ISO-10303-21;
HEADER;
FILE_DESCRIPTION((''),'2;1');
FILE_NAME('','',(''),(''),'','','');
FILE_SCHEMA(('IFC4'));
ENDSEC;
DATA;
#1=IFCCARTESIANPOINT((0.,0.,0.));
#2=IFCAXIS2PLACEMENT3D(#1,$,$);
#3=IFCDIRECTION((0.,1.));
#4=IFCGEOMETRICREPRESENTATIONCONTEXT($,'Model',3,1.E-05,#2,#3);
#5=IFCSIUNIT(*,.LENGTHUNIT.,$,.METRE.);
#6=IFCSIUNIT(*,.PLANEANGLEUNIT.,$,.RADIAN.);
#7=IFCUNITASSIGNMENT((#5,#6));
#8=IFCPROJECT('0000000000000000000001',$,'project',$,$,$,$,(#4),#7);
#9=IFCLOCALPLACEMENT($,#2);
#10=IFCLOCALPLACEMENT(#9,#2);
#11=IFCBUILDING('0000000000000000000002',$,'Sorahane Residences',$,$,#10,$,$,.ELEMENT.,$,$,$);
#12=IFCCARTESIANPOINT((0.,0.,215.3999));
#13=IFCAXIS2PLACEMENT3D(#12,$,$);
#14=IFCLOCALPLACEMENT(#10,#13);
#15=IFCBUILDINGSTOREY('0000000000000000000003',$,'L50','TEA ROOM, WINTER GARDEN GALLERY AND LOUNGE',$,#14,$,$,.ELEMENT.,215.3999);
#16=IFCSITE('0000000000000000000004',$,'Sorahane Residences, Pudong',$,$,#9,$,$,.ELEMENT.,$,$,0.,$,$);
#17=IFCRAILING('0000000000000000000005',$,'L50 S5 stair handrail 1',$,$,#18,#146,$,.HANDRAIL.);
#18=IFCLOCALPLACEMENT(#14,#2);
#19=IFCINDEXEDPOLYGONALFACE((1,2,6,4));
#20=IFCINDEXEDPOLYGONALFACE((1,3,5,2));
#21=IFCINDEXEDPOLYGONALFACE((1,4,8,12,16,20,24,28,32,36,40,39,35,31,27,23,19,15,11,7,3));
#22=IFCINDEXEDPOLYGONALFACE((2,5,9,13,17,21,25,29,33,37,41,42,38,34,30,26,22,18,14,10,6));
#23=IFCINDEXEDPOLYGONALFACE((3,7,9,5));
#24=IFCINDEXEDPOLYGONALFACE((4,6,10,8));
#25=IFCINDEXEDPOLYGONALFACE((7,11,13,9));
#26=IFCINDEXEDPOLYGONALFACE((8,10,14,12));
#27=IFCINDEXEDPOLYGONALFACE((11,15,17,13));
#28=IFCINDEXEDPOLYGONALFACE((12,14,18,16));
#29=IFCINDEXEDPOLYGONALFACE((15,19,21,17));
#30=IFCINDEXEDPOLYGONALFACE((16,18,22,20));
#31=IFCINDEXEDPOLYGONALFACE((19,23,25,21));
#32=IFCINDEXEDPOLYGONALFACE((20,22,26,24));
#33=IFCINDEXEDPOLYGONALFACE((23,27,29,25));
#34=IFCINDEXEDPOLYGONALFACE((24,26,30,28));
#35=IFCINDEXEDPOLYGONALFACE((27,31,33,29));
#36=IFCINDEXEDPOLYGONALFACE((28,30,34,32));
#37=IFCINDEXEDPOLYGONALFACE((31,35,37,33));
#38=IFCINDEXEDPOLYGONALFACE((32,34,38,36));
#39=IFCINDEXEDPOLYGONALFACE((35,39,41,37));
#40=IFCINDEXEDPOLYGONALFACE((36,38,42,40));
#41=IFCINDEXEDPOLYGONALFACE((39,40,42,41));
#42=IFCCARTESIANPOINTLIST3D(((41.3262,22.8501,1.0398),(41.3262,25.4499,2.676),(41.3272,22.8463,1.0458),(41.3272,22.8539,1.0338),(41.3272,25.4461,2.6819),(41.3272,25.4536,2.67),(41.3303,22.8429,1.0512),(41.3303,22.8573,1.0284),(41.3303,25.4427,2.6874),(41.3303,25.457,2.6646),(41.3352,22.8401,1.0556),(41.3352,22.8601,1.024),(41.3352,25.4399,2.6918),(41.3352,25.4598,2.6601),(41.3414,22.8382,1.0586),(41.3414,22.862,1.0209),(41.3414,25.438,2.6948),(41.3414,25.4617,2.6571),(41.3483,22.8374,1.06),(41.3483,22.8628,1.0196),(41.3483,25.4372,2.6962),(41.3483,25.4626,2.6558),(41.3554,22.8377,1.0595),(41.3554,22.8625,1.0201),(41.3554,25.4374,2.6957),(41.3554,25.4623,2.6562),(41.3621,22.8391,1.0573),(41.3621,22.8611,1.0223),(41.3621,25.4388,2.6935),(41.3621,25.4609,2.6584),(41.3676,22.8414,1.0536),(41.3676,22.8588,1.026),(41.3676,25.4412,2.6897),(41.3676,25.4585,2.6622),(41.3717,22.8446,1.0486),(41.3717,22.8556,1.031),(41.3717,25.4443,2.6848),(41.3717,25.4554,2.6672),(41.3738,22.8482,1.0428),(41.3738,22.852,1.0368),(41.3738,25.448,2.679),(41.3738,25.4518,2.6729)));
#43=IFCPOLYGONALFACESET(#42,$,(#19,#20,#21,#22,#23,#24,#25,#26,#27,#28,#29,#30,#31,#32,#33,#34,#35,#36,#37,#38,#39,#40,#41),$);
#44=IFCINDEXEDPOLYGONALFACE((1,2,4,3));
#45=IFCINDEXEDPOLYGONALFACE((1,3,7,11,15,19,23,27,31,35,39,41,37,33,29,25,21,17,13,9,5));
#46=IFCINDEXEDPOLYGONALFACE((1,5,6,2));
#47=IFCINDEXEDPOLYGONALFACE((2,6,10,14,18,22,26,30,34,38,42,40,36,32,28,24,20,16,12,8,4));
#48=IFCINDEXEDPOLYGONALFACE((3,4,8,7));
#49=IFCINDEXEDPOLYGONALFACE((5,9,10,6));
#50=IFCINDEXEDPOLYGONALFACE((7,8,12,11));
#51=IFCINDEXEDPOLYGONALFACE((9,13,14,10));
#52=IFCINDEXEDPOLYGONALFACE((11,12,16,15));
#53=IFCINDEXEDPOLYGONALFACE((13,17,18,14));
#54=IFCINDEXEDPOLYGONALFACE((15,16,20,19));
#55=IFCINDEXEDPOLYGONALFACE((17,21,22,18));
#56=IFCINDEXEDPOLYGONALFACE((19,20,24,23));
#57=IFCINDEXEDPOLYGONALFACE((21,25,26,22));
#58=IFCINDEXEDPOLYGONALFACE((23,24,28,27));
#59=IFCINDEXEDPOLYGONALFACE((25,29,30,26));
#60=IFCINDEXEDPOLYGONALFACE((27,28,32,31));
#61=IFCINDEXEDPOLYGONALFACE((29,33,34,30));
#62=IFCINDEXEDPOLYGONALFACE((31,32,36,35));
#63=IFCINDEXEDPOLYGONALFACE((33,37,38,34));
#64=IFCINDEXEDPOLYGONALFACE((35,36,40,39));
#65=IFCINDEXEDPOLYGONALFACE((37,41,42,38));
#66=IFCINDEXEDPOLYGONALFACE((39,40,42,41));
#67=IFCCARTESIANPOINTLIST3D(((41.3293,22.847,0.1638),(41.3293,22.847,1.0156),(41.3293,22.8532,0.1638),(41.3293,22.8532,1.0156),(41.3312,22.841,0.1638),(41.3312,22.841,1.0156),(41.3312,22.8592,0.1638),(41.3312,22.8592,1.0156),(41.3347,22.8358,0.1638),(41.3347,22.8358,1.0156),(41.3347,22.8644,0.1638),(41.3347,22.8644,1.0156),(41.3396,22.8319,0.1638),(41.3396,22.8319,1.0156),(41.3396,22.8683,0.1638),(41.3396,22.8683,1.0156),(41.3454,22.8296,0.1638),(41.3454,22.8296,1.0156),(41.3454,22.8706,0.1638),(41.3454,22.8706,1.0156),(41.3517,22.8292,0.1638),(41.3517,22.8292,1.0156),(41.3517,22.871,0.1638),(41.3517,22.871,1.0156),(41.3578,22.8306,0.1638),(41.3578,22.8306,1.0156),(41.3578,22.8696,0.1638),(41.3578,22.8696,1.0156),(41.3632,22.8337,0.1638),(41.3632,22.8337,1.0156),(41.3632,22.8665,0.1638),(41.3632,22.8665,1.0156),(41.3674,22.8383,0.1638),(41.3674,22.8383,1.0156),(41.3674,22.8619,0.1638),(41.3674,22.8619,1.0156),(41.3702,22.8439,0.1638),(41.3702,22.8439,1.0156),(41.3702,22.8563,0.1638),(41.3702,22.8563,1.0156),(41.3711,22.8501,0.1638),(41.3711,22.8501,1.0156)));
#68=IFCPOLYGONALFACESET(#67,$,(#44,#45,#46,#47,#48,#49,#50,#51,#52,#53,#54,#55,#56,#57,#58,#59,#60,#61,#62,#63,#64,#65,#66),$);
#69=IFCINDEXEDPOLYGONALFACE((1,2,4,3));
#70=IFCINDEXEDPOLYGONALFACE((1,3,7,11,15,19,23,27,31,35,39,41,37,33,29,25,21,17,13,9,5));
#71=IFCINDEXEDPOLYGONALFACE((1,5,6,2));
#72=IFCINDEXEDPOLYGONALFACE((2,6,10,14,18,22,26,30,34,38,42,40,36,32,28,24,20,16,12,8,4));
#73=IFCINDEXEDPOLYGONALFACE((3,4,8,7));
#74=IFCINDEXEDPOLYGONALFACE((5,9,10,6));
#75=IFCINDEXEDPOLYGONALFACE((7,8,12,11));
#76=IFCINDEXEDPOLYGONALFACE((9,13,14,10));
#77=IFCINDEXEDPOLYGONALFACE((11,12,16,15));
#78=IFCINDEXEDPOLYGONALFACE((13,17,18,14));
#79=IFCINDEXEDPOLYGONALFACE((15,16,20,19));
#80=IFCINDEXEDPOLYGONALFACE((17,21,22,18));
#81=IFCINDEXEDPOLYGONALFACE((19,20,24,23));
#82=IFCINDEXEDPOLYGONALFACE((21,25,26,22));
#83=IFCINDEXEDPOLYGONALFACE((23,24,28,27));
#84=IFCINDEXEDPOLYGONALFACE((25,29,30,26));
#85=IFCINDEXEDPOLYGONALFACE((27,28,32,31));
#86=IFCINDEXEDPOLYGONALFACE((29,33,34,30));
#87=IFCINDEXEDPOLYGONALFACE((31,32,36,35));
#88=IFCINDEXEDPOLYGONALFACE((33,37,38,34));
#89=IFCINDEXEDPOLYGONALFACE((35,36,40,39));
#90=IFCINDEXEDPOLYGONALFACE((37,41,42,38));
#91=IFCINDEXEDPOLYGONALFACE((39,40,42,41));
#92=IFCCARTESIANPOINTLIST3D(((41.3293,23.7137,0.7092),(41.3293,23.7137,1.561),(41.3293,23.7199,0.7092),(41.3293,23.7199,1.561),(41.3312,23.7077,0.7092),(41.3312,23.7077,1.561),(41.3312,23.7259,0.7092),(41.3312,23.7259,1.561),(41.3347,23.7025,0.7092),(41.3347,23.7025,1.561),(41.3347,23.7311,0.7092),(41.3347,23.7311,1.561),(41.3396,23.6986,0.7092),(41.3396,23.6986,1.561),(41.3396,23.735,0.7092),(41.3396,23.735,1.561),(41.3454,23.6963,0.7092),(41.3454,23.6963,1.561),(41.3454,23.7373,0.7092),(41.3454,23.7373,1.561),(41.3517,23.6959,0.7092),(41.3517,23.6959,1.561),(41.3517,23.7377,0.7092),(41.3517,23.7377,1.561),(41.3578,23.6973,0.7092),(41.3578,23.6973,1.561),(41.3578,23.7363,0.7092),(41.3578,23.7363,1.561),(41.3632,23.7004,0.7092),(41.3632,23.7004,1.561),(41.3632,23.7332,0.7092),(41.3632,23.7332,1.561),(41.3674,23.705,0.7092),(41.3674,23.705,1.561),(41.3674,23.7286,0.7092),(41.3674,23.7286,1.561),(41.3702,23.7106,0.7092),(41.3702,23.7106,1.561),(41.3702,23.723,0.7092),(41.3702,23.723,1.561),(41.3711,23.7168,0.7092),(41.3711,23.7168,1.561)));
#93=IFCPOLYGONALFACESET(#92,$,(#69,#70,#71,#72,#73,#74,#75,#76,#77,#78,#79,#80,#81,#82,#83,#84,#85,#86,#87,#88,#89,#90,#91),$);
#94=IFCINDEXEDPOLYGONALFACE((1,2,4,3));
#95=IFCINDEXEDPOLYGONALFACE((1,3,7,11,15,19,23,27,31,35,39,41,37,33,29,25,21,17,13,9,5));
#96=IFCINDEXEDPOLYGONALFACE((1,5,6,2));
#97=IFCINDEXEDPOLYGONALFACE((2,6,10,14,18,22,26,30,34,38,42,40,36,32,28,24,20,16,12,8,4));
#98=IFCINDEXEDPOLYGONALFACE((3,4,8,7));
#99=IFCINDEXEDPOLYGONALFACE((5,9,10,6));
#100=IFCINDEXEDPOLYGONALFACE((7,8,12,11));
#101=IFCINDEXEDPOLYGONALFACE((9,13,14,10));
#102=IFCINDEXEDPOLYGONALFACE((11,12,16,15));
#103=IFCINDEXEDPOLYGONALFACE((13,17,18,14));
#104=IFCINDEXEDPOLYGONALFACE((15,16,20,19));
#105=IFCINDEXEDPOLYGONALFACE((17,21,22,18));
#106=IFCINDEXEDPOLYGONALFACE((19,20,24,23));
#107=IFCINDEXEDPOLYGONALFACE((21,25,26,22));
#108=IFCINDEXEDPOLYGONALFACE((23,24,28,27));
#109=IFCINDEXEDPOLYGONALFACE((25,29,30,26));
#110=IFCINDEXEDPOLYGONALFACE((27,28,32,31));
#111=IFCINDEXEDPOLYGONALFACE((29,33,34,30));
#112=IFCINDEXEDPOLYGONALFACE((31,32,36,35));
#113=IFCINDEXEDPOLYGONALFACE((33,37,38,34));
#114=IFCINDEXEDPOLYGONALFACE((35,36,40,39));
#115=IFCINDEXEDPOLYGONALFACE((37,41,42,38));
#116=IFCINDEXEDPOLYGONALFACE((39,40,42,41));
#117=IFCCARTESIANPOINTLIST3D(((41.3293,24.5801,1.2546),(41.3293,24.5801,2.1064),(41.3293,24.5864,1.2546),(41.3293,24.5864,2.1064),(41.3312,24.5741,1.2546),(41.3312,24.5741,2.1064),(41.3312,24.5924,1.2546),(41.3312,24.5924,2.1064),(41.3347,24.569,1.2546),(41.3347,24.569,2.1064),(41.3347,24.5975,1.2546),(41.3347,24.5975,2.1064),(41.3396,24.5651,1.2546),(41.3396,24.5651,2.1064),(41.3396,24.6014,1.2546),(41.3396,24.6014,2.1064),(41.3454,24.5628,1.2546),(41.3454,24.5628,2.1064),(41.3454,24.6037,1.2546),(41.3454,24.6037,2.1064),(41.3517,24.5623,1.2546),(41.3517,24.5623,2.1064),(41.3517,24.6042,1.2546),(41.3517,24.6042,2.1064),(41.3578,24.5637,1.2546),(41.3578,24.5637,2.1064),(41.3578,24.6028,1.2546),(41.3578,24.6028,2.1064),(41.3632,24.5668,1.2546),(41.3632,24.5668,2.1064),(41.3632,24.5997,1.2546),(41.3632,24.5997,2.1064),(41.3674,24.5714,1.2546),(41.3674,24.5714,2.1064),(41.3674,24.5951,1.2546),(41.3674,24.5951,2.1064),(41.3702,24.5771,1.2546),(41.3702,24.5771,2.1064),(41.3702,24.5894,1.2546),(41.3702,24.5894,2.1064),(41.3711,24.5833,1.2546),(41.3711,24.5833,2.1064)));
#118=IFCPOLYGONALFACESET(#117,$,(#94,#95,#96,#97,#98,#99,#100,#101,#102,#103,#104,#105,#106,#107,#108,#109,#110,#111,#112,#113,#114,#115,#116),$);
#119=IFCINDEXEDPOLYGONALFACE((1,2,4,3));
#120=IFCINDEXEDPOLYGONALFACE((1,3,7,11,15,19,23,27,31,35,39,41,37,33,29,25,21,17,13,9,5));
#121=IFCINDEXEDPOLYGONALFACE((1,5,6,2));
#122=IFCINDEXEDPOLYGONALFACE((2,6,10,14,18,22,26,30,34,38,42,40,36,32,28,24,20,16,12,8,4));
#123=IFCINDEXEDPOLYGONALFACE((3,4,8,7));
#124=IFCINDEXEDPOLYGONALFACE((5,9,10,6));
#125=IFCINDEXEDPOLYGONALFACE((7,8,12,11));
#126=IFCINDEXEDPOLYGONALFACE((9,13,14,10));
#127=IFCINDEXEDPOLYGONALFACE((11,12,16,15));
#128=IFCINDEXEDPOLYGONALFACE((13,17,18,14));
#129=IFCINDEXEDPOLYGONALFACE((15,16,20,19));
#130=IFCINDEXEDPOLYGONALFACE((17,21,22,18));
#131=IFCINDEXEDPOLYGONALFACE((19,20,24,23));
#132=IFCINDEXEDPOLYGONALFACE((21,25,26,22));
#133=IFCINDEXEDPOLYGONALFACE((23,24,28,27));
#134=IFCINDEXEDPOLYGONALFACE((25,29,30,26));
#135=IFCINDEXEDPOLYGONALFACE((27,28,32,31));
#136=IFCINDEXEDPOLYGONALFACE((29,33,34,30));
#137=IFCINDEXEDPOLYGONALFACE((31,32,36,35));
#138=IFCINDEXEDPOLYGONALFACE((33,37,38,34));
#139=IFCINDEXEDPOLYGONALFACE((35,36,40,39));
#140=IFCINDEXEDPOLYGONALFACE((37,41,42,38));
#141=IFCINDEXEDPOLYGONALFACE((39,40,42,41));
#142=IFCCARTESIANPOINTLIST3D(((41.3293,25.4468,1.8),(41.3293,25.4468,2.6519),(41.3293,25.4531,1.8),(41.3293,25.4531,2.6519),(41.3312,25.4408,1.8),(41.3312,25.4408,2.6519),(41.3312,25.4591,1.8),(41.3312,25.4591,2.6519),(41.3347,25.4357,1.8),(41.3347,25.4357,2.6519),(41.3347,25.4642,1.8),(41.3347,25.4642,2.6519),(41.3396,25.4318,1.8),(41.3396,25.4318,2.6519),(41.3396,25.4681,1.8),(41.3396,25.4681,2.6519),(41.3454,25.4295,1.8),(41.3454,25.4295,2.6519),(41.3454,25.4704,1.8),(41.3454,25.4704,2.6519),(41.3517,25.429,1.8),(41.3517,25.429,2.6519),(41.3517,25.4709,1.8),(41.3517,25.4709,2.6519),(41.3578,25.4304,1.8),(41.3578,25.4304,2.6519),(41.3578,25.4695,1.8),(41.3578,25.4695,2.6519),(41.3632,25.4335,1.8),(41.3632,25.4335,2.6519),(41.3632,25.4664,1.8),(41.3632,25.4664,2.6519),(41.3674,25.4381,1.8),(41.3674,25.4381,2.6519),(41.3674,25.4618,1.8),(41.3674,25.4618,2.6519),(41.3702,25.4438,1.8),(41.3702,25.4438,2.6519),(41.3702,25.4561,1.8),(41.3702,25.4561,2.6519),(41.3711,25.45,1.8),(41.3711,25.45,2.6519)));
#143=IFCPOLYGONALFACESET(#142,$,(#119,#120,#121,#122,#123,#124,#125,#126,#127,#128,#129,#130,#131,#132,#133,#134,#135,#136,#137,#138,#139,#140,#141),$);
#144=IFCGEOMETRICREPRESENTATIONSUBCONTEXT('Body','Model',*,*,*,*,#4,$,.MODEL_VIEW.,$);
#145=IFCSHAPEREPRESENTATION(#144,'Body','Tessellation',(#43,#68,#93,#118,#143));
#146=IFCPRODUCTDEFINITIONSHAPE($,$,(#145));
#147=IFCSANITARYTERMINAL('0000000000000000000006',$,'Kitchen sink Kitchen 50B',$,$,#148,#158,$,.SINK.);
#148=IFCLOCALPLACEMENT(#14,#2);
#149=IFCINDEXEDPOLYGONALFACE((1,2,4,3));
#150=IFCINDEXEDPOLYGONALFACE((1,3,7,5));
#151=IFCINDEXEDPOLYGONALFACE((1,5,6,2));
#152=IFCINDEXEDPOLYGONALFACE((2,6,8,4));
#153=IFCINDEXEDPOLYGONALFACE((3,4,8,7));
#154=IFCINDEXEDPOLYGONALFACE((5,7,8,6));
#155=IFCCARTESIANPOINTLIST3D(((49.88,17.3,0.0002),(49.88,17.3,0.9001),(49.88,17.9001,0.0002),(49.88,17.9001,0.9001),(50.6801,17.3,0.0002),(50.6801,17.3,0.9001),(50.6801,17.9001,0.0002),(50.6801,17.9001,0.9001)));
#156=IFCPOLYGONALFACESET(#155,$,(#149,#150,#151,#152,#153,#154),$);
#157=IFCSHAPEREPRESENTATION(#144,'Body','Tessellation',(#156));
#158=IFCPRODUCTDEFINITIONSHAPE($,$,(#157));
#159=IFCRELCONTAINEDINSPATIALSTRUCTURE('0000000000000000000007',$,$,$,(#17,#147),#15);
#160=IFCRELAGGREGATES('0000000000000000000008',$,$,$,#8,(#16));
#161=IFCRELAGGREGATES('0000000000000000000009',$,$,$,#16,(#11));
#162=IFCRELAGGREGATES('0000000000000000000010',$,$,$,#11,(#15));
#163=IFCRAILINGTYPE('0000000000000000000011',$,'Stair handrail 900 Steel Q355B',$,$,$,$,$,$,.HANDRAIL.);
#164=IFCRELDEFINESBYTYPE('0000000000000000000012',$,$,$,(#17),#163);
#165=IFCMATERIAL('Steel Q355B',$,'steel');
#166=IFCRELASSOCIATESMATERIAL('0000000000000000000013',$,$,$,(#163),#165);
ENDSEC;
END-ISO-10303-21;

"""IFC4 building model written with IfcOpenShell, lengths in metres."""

from ifc_helpers import new_model, si_unit, direction, frame, origin, origin_2d, place, context, subcontext, project, spatial, rectangle, circle, extrude, material, type_object, element, save


model = new_model("IFC4")

# Units and contexts
model_context = context("Model", 3, precision=1e-05, world=origin(), true_north=direction((0.0, 1.0)))
body_context = subcontext(model_context, "Body", "Model", "MODEL_VIEW")
ifc_project = project(units=[si_unit("LENGTHUNIT", "METRE"), si_unit("PLANEANGLEUNIT", "RADIAN")], contexts=[model_context])

# Site, building, storey
site_placement = place(None, origin())
site = spatial("IfcSite", under=ifc_project, at=site_placement, Name="Sorahane Residences, Pudong", CompositionType="ELEMENT", RefElevation=0.0)
building_placement = place(site_placement, origin())
building = spatial("IfcBuilding", under=site, at=building_placement, Name="Sorahane Residences", CompositionType="ELEMENT")
storey_placement = place(building_placement, frame((0.0, 0.0, 215.3999)))
storey = spatial("IfcBuildingStorey", under=building, at=storey_placement, Name="L50", Description="TEA ROOM, WINTER GARDEN GALLERY AND LOUNGE", CompositionType="ELEMENT", Elevation=215.3999)

# Railing
ifc_material_1 = material(Name="Steel Q355B", Category="steel")
railing_type = type_object("IfcRailingType", Name="Stair handrail 900 Steel Q355B", PredefinedType="HANDRAIL", material=ifc_material_1)
railing_placement = place(storey_placement, frame((41.3501, 22.8501, 0.1638)))
element("IfcRailing", 1, at=railing_placement, inside=storey, type_object=railing_type, Name="L50 S5 stair handrail 1", PredefinedType="HANDRAIL", context=body_context, shape_type="SweptSolid", body=[
    extrude(circle(Radius=0.0239, at=origin_2d()), frame((0.0, 0.0, 0.876), z_axis=(0.0, 0.846338, 0.532647), x_axis=(-1.0, 0.0, 0.0)), (0.0, 0.0, 1.0), 3.0718),
    extrude(circle(Radius=0.021, at=origin_2d()), origin(), (0.0, 0.0, 1.0), 0.8518),
    extrude(circle(Radius=0.021, at=origin_2d()), frame((0.0, 0.8667, 0.5454)), (0.0, 0.0, 1.0), 0.8518),
    extrude(circle(Radius=0.021, at=origin_2d()), frame((0.0, 1.7332, 1.0908)), (0.0, 0.0, 1.0), 0.8518),
    extrude(circle(Radius=0.021, at=origin_2d()), frame((0.0, 2.5999, 1.6362)), (0.0, 0.0, 1.0), 0.8518),
])

# Sanitary terminal
sanitary_terminal_placement = place(storey_placement, frame((50.28, 17.6001, 0.0002), z_axis=(0.0, 0.0, 1.0), x_axis=(1.0, 0.0, 0.0)))
element("IfcSanitaryTerminal", 2, at=sanitary_terminal_placement, inside=storey, Name="Kitchen sink Kitchen 50B", PredefinedType="SINK", context=body_context, shape_type="SweptSolid", body=[
    extrude(rectangle(XDim=0.8, YDim=0.6001, at=origin_2d()), origin(), (0.0, 0.0, 1.0), 0.8999),
])

save(model, "model.ifc")
